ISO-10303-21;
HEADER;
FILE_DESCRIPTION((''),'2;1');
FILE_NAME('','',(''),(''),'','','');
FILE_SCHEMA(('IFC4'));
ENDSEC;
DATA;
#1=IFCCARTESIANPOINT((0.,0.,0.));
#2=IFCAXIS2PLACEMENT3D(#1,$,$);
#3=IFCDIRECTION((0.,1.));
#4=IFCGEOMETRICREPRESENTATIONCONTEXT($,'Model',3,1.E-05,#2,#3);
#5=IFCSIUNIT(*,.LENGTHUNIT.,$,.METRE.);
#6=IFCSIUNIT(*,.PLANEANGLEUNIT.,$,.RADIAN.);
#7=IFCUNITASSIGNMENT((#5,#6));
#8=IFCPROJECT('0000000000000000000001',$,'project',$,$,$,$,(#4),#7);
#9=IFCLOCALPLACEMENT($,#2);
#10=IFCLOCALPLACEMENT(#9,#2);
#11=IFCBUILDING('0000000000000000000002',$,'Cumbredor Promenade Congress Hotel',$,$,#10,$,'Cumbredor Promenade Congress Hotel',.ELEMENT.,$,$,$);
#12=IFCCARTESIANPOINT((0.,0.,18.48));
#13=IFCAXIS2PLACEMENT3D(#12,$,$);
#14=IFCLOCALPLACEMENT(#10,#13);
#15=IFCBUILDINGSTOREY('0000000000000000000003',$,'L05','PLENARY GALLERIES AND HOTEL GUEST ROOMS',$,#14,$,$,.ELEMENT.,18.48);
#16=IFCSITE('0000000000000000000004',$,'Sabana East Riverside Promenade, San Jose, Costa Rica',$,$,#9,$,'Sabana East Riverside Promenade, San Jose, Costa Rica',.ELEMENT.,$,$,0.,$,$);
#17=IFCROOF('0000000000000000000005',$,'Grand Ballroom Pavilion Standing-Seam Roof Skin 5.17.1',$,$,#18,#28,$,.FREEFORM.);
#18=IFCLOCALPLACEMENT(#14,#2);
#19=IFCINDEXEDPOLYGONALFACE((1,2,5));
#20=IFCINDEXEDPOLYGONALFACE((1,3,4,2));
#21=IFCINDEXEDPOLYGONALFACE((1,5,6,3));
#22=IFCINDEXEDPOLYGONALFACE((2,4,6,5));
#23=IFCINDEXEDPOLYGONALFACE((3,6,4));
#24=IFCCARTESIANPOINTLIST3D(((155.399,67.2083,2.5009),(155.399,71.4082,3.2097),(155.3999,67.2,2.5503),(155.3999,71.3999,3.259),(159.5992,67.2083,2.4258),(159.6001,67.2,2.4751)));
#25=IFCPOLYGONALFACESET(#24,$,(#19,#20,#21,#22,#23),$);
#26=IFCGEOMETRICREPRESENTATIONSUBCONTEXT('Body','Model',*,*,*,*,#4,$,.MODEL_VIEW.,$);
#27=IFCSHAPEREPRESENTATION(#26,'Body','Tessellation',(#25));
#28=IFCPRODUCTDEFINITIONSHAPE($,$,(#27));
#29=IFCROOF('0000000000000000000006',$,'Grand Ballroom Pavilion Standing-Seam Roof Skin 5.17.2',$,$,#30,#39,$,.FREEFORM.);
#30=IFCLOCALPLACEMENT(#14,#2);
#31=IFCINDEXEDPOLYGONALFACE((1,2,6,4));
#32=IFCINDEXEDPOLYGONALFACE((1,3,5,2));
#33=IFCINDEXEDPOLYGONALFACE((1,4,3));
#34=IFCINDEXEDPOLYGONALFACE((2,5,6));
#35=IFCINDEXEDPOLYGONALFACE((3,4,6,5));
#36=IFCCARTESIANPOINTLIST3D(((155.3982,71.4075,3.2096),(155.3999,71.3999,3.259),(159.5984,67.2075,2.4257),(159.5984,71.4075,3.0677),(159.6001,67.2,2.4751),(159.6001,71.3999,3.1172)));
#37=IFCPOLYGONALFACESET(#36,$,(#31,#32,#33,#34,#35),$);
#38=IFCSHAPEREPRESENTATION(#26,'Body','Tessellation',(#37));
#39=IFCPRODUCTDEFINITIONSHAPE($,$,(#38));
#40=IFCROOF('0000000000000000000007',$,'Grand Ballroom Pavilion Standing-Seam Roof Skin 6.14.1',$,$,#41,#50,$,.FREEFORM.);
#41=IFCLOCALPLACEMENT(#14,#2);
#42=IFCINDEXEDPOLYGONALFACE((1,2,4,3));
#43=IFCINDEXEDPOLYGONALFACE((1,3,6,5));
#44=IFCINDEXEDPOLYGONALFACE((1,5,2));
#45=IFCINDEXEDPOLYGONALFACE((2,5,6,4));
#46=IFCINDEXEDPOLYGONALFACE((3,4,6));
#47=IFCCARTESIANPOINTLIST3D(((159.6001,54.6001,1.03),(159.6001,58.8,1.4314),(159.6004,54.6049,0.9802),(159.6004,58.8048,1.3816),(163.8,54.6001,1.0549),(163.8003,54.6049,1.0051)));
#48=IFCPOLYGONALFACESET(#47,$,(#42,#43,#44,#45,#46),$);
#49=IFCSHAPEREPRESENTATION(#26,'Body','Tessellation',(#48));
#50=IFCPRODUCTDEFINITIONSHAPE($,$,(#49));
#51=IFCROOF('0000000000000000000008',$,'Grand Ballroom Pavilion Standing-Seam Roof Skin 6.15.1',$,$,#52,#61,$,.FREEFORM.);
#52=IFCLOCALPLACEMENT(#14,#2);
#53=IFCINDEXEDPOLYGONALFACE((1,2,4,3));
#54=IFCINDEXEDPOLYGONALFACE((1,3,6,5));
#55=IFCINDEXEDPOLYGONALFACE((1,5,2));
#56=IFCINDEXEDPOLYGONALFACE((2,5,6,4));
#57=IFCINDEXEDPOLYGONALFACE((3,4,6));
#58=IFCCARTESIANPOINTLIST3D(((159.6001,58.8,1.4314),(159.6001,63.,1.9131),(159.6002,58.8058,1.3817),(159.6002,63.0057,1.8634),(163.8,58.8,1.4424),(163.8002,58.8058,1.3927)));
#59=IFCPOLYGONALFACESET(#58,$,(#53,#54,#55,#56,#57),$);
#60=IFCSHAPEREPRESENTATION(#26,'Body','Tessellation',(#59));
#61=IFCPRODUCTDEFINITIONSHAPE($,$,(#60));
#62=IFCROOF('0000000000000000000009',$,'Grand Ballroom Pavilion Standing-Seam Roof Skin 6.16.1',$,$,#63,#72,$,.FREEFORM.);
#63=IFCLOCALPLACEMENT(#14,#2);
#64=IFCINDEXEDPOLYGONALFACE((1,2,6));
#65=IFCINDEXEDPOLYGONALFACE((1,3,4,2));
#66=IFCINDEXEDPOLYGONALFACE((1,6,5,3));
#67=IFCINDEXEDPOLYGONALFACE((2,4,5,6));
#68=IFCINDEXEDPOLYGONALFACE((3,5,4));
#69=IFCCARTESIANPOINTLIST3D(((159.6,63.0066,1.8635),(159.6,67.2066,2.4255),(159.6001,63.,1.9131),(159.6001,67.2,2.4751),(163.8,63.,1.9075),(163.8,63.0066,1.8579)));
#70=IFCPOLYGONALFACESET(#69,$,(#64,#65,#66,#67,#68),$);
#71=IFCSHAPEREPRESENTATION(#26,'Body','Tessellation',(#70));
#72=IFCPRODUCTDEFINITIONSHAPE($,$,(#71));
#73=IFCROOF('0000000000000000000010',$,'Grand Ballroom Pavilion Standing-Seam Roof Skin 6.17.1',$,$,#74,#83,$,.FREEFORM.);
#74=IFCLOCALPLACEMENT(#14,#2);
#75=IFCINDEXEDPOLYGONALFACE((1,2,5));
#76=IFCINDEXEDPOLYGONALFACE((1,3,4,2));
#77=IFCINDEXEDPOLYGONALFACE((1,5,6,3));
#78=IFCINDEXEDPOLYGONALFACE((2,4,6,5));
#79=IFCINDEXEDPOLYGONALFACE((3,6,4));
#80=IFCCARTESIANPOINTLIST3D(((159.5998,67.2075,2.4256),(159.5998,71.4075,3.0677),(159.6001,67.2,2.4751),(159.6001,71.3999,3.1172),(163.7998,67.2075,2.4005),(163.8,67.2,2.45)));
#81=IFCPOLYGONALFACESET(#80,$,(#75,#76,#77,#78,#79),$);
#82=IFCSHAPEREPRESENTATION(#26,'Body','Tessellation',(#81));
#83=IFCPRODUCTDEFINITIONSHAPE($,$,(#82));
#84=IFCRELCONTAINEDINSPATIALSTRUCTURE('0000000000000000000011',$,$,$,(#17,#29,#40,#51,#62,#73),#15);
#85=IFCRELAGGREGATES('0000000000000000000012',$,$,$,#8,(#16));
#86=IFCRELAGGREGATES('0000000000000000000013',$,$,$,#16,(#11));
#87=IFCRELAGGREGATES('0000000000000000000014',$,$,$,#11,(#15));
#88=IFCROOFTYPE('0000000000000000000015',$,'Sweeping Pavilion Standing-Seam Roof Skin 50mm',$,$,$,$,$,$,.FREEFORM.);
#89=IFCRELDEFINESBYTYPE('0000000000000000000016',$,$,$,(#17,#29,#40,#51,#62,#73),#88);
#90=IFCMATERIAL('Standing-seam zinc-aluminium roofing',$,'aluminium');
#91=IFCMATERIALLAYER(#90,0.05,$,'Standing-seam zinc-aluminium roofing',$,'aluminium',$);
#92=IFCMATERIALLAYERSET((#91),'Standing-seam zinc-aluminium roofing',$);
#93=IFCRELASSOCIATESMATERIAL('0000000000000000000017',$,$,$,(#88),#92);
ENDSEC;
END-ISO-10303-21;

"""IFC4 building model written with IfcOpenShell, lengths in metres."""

from ifc_helpers import new_model, si_unit, direction, frame, origin, place, context, subcontext, project, spatial, polyline, outline, extrude, material, layer, layer_set, type_object, element, save


model = new_model("IFC4")

# Units and contexts
model_context = context("Model", 3, precision=1e-05, world=origin(), true_north=direction((0.0, 1.0)))
body_context = subcontext(model_context, "Body", "Model", "MODEL_VIEW")
ifc_project = project(units=[si_unit("LENGTHUNIT", "METRE"), si_unit("PLANEANGLEUNIT", "RADIAN")], contexts=[model_context])

# Site, building, storey
site_placement = place(None, origin())
site = spatial("IfcSite", under=ifc_project, at=site_placement, Name="Sabana East Riverside Promenade, San Jose, Costa Rica", LongName="Sabana East Riverside Promenade, San Jose, Costa Rica", CompositionType="ELEMENT", RefElevation=0.0)
building_placement = place(site_placement, origin())
building = spatial("IfcBuilding", under=site, at=building_placement, Name="Cumbredor Promenade Congress Hotel", LongName="Cumbredor Promenade Congress Hotel", CompositionType="ELEMENT")
storey_placement = place(building_placement, frame((0.0, 0.0, 18.48)))
storey = spatial("IfcBuildingStorey", under=building, at=storey_placement, Name="L05", Description="PLENARY GALLERIES AND HOTEL GUEST ROOMS", CompositionType="ELEMENT", Elevation=18.48)

# Roofs
ifc_material_1 = material(Name="Standing-seam zinc-aluminium roofing", Category="aluminium")
ifc_layer_1 = layer(ifc_material_1, 0.05, Name="Standing-seam zinc-aluminium roofing", Category="aluminium")
ifc_layer_set_1 = layer_set([ifc_layer_1], Name="Standing-seam zinc-aluminium roofing")
roof_type = type_object("IfcRoofType", Name="Sweeping Pavilion Standing-Seam Roof Skin 50mm", PredefinedType="FREEFORM", material=ifc_layer_set_1)
roof_1_placement = place(storey_placement, frame((155.3999, 67.2, 2.5503), z_axis=(0.01765, -0.166371, 0.985905), x_axis=(0.99984, 0.0, -0.0179)))
element("IfcRoof", 1, at=roof_1_placement, inside=storey, type_object=roof_type, Name="Grand Ballroom Pavilion Standing-Seam Roof Skin 5.17.1", PredefinedType="FREEFORM", context=body_context, shape_type="SweptSolid", body=[
    extrude(outline(polyline([(0.0, 0.0), (4.2009, 0.0), (-0.0127, 4.2593), (0.0, 0.0)])), origin(), (0.0, 0.0, -1.0), 0.05),
])
roof_2_placement = place(storey_placement, frame((159.6001, 67.2, 2.4751), z_axis=(0.033365, -0.15104, 0.987964), x_axis=(0.0, 0.988515, 0.151124)))
element("IfcRoof", 2, at=roof_2_placement, inside=storey, type_object=roof_type, Name="Grand Ballroom Pavilion Standing-Seam Roof Skin 5.17.2", PredefinedType="FREEFORM", context=body_context, shape_type="SweptSolid", body=[
    extrude(outline(polyline([(0.0, 0.0), (4.2487, 0.0), (4.2702, 4.2025), (0.0, 0.0)])), origin(), (0.0, 0.0, -1.0), 0.05),
])
roof_3_placement = place(storey_placement, frame((159.6001, 54.6001, 1.03), z_axis=(-0.005902, -0.09513, 0.995447), x_axis=(0.999982, 0.0, 0.005929)))
element("IfcRoof", 3, at=roof_3_placement, inside=storey, type_object=roof_type, Name="Grand Ballroom Pavilion Standing-Seam Roof Skin 6.14.1", PredefinedType="FREEFORM", context=body_context, shape_type="SweptSolid", body=[
    extrude(outline(polyline([(0.0, 0.0), (4.2, 0.0), (0.0024, 4.2191), (0.0, 0.0)])), origin(), (0.0, 0.0, -1.0), 0.05),
])
roof_4_placement = place(storey_placement, frame((159.6001, 58.8, 1.4314), z_axis=(-0.002599, -0.113942, 0.993484), x_axis=(0.999997, 0.0, 0.002616)))
element("IfcRoof", 4, at=roof_4_placement, inside=storey, type_object=roof_type, Name="Grand Ballroom Pavilion Standing-Seam Roof Skin 6.15.1", PredefinedType="FREEFORM", context=body_context, shape_type="SweptSolid", body=[
    extrude(outline(polyline([(0.0, 0.0), (4.2, 0.0), (0.0013, 4.2275), (0.0, 0.0)])), origin(), (0.0, 0.0, -1.0), 0.05),
])
roof_5_placement = place(storey_placement, frame((159.6001, 63.0, 1.9131), z_axis=(0.001325, -0.132632, 0.991165), x_axis=(0.999999, 0.0, -0.001337)))
element("IfcRoof", 5, at=roof_5_placement, inside=storey, type_object=roof_type, Name="Grand Ballroom Pavilion Standing-Seam Roof Skin 6.16.1", PredefinedType="FREEFORM", context=body_context, shape_type="SweptSolid", body=[
    extrude(outline(polyline([(0.0, 0.0), (4.2, 0.0), (-0.0008, 4.2374), (0.0, 0.0)])), origin(), (0.0, 0.0, -1.0), 0.05),
])
roof_6_placement = place(storey_placement, frame((159.6001, 67.2, 2.4751), z_axis=(0.005918, -0.151122, 0.988497), x_axis=(0.999982, 0.0, -0.005987)))
element("IfcRoof", 6, at=roof_6_placement, inside=storey, type_object=roof_type, Name="Grand Ballroom Pavilion Standing-Seam Roof Skin 6.17.1", PredefinedType="FREEFORM", context=body_context, shape_type="SweptSolid", body=[
    extrude(outline(polyline([(0.0, 0.0), (4.2, 0.0), (-0.0038, 4.2487), (0.0, 0.0)])), origin(), (0.0, 0.0, -1.0), 0.05),
])

save(model, "model.ifc")
